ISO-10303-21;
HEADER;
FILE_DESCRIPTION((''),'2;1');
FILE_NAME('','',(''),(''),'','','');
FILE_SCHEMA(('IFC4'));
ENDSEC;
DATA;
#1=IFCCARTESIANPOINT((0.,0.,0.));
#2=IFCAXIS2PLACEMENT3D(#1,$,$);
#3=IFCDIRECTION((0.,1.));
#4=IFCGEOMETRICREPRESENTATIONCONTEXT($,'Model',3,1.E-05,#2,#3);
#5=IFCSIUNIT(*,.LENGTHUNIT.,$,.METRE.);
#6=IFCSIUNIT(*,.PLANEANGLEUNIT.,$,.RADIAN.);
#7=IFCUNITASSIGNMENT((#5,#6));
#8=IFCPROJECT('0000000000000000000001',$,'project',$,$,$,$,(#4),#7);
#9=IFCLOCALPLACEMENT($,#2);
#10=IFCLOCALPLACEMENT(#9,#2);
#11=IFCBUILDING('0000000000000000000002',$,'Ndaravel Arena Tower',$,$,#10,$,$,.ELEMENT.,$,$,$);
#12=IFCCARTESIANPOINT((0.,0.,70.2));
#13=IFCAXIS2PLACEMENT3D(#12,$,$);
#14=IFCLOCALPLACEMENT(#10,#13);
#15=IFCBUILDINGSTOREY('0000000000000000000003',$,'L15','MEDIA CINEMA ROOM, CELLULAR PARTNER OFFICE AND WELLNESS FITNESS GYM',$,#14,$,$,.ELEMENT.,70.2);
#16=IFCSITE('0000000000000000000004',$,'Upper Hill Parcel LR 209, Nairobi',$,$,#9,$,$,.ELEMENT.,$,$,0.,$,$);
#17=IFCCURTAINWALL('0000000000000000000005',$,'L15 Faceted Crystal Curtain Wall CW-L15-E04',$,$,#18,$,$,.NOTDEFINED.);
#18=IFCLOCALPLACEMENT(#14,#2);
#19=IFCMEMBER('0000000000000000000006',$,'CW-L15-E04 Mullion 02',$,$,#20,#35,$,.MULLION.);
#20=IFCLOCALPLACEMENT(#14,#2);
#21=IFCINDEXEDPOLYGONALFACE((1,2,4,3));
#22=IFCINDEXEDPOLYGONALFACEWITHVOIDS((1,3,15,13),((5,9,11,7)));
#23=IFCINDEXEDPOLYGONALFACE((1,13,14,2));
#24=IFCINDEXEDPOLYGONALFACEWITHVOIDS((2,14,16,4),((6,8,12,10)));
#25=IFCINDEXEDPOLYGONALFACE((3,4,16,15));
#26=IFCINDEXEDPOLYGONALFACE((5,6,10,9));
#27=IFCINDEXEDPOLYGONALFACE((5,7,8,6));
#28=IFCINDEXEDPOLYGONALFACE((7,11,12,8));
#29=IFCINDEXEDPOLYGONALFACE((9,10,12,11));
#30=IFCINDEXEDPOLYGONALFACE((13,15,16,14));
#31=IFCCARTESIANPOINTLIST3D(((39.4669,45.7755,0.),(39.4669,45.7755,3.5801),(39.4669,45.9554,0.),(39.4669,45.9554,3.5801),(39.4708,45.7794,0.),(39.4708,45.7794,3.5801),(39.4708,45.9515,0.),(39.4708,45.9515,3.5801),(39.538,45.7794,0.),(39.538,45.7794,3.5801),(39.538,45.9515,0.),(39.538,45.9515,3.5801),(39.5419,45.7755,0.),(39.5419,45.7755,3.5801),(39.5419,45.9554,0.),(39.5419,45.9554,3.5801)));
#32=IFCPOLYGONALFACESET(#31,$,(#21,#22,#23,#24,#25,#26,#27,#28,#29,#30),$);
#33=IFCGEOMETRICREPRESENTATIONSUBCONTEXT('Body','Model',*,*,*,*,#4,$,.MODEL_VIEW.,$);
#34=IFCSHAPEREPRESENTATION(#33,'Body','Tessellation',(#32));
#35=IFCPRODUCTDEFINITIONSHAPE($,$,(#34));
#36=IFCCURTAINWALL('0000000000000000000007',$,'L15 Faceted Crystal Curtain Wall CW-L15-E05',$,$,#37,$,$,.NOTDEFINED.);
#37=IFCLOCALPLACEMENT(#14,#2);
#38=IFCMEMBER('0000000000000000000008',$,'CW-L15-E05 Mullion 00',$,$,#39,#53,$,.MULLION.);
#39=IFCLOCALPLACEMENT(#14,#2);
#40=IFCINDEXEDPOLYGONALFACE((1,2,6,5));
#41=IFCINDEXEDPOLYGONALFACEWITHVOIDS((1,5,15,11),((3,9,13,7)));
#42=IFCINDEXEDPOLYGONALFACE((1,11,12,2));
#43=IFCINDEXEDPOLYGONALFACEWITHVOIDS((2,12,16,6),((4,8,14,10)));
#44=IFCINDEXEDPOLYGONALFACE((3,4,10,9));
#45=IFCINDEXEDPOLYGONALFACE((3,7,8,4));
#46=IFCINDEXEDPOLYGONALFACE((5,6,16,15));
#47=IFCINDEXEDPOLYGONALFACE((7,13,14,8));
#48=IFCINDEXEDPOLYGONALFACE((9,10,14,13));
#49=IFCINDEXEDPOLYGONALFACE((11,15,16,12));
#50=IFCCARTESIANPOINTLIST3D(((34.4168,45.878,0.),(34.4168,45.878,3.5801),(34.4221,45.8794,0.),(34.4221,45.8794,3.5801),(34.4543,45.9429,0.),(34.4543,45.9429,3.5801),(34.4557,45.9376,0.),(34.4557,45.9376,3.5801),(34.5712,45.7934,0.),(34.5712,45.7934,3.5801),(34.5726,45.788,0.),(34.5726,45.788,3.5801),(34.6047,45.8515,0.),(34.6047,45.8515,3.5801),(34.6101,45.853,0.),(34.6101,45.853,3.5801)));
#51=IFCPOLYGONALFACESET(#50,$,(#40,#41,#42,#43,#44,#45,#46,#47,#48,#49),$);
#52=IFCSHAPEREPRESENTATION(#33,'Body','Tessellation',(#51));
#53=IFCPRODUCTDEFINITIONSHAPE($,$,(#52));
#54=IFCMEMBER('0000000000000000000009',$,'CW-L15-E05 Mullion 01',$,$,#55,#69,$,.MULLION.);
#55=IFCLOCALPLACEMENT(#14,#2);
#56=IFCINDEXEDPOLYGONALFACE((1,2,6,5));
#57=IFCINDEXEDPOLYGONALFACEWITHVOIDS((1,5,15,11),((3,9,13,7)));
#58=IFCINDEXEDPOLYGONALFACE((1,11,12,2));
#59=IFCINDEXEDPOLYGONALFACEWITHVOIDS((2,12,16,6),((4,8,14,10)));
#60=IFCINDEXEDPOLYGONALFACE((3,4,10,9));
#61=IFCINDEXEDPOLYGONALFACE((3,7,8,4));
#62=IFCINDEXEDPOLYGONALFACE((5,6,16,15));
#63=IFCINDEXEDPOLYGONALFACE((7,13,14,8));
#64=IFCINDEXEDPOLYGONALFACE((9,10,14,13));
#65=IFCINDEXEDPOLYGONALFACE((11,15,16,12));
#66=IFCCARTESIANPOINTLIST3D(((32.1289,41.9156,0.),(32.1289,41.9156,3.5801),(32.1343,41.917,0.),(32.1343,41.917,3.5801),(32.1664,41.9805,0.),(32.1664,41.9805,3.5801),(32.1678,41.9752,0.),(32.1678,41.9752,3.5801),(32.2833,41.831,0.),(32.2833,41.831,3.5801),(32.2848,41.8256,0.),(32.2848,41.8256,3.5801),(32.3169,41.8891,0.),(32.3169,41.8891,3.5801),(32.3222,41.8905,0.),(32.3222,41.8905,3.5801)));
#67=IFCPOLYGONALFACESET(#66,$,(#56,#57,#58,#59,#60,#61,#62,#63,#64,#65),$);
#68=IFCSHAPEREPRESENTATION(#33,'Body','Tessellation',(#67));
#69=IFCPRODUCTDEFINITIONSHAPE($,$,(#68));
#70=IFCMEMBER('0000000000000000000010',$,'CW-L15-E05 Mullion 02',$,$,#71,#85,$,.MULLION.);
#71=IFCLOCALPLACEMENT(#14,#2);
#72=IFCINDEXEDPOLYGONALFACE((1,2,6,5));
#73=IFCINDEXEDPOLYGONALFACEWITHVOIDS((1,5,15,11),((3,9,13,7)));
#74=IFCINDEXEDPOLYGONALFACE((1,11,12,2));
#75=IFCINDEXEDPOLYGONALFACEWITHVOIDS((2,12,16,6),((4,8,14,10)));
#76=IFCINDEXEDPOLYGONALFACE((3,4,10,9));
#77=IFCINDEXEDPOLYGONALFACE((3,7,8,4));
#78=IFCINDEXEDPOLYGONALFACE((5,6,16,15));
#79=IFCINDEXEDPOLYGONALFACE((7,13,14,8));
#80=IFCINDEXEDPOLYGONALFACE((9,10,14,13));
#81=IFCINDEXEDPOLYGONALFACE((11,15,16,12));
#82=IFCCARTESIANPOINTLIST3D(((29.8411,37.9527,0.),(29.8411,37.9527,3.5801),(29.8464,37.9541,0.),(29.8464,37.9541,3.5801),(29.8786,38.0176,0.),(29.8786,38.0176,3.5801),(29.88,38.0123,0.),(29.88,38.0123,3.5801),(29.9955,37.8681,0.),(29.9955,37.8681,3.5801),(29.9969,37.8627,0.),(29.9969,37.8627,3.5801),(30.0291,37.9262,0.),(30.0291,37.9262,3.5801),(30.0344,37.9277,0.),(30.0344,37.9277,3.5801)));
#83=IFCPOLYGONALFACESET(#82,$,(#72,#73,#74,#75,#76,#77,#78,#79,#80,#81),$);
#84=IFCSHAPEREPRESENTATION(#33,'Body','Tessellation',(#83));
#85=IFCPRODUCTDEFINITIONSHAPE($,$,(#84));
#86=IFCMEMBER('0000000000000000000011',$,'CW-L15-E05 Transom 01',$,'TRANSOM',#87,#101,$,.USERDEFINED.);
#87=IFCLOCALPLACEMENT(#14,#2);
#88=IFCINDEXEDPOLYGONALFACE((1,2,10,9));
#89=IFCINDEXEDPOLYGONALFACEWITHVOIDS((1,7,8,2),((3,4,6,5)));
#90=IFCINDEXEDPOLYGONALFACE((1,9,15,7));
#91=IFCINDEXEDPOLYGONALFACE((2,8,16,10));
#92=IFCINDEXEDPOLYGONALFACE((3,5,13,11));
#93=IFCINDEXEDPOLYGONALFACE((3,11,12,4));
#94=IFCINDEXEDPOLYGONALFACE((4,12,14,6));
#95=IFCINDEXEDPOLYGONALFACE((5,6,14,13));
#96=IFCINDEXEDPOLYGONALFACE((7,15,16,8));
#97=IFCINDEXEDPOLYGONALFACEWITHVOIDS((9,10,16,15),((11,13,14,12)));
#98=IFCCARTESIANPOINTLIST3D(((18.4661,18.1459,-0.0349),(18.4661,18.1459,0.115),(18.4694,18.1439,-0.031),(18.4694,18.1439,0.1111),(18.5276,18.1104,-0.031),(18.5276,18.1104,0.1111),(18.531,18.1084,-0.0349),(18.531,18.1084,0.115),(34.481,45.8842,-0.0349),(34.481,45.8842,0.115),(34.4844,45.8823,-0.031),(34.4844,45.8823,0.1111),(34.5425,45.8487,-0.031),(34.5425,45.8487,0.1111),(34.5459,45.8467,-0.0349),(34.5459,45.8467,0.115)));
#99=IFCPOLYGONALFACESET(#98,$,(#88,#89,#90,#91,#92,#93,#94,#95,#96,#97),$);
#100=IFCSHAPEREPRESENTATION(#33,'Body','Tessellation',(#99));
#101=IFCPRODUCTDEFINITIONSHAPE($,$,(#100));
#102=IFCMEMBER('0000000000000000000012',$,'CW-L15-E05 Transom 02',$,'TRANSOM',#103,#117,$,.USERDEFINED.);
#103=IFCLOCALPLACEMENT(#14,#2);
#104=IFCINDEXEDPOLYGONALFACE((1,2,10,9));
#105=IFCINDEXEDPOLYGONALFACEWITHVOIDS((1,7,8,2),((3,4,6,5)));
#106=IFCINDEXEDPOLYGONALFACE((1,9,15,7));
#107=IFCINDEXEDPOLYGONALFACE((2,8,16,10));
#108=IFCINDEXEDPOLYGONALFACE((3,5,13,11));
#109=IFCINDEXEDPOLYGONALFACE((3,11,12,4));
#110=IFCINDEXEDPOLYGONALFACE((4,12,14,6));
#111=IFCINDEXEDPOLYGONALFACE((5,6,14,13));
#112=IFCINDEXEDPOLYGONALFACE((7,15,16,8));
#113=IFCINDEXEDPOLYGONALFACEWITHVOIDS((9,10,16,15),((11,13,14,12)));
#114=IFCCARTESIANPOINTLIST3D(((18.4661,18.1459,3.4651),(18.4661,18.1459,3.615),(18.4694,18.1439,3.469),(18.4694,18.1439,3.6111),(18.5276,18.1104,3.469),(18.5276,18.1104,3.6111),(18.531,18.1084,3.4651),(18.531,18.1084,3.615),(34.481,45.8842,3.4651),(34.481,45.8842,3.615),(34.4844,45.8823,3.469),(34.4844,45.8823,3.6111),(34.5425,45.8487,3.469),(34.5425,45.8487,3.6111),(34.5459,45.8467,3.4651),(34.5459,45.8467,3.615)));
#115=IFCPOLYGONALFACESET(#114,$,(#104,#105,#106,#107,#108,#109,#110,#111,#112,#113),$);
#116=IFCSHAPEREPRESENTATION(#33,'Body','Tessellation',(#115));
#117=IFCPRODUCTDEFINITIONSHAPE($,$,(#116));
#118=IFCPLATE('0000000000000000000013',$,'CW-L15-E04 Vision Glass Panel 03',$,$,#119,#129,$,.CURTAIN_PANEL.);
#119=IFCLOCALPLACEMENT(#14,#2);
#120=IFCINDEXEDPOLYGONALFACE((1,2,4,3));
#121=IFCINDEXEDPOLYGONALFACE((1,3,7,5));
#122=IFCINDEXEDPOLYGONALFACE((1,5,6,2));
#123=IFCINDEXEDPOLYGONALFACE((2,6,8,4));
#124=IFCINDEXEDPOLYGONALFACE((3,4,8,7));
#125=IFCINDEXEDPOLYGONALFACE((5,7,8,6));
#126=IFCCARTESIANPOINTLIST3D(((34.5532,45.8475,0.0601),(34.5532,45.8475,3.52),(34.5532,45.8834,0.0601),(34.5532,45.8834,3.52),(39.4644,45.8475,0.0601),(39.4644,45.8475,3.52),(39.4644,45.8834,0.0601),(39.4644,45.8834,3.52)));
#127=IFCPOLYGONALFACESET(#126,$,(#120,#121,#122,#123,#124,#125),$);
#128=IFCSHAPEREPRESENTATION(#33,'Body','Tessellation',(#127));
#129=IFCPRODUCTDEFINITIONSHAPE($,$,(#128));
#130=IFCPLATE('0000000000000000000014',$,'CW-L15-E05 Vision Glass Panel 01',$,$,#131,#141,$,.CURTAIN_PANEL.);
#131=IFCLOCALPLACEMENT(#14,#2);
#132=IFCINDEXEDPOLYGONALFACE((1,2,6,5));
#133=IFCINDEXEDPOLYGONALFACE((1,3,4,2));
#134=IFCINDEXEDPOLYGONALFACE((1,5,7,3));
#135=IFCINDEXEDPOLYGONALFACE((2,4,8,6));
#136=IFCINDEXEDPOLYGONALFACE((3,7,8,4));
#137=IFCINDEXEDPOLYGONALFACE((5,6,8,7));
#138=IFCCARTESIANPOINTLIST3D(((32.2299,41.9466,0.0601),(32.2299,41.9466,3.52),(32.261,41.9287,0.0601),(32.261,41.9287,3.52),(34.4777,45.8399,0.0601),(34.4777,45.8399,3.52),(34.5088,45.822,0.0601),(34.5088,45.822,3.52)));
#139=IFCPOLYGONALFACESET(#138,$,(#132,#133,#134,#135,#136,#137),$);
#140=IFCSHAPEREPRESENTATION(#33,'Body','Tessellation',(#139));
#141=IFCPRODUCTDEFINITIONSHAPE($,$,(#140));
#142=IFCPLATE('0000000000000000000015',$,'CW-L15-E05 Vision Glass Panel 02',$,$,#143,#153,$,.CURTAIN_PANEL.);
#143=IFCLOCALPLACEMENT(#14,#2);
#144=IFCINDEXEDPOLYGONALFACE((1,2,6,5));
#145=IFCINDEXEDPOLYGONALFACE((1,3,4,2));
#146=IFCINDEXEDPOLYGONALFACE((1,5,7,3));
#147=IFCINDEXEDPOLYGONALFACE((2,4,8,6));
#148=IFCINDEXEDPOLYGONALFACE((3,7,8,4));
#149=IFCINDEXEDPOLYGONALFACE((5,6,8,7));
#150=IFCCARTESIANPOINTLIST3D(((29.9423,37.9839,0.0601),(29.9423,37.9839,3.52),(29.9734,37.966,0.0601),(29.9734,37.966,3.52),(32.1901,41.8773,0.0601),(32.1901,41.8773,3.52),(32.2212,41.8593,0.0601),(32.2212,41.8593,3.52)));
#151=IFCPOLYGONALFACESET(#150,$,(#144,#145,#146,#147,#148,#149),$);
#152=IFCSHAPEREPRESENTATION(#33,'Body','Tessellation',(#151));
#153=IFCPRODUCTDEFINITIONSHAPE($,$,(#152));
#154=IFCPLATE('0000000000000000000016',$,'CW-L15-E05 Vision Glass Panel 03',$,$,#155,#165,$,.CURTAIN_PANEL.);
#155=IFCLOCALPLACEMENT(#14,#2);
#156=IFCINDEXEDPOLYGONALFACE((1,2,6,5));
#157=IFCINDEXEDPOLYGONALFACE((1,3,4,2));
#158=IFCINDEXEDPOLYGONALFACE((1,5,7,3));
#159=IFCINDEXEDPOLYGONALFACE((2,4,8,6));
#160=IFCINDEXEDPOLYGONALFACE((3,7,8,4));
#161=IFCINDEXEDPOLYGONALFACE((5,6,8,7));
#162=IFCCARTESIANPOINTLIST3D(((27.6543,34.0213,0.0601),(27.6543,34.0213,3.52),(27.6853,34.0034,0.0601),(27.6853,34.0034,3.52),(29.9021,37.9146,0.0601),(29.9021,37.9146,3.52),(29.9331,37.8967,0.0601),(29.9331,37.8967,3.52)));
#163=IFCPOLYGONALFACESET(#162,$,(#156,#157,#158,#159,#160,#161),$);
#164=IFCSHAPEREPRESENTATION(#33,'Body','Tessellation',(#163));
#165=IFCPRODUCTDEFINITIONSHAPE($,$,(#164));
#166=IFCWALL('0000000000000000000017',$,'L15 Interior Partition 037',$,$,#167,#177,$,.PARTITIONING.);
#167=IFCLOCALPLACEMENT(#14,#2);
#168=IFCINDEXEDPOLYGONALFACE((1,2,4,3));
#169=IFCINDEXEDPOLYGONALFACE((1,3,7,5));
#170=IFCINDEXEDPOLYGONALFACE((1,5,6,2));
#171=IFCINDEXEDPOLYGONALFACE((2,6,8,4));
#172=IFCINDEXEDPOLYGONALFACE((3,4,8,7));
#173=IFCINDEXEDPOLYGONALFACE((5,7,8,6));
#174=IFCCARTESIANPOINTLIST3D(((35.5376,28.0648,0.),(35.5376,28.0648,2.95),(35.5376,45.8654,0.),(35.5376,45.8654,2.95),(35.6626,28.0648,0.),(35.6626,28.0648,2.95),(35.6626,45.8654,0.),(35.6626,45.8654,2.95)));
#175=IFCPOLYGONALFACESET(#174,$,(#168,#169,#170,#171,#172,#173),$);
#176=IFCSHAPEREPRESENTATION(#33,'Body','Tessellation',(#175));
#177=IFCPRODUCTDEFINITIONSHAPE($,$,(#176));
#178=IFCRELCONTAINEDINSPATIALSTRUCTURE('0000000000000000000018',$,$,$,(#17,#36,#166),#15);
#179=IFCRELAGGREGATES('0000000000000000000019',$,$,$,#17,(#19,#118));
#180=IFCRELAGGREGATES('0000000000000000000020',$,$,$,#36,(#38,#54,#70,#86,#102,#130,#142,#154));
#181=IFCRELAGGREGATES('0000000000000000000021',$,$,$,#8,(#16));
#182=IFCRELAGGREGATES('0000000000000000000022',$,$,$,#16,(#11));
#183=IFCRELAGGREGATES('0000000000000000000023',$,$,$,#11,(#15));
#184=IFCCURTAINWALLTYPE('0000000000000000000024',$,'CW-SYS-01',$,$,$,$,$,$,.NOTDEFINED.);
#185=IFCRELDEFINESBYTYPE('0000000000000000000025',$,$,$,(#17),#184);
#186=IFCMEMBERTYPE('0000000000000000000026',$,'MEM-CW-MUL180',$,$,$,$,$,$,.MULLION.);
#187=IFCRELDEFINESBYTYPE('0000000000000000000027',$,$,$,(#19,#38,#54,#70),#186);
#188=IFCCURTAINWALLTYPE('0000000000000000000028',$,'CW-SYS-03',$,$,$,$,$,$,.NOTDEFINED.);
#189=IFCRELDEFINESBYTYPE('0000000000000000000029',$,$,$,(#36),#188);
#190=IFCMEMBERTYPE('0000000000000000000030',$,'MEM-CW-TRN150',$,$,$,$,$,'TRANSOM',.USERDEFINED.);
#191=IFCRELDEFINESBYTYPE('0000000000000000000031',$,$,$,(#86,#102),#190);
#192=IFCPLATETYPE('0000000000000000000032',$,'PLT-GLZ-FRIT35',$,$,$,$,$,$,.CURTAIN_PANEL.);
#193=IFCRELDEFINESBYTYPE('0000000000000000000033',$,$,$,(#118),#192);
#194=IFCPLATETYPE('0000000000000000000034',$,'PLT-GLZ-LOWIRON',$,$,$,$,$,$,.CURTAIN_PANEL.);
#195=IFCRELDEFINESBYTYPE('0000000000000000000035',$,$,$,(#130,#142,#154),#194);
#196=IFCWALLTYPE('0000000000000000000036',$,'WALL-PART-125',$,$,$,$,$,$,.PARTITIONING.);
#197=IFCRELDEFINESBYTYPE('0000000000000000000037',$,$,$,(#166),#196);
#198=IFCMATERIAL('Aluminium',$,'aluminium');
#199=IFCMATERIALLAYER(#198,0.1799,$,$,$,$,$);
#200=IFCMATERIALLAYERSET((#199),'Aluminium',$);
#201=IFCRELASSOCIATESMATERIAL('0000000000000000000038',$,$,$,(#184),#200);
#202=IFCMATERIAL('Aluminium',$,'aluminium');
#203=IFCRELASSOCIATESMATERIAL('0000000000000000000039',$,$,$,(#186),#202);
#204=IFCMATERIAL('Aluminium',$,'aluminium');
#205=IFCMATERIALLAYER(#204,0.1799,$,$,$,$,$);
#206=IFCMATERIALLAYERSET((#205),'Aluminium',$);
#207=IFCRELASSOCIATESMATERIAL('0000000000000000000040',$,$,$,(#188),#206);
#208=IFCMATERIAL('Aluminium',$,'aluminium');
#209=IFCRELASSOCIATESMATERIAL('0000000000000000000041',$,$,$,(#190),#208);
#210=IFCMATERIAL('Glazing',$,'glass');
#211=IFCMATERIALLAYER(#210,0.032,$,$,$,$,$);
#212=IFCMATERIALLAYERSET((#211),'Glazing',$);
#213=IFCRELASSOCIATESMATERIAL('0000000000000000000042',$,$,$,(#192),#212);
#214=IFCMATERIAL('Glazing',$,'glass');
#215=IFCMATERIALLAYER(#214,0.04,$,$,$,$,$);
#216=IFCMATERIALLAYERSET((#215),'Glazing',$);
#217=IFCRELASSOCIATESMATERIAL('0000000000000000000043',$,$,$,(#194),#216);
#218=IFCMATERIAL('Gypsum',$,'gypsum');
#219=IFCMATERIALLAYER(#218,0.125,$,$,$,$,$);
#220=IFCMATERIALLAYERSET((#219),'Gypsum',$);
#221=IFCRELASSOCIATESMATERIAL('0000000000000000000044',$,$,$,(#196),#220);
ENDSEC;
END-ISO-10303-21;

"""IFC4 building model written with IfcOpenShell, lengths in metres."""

from ifc_helpers import new_model, si_unit, direction, frame, frame_2d, origin, origin_2d, place, context, subcontext, project, spatial, rectangle, hollow_rectangle, extrude, material, layer, layer_set, material_profile, profile_set, type_object, element, aggregate, save


model = new_model("IFC4")

# Units and contexts
model_context = context("Model", 3, precision=1e-05, world=origin(), true_north=direction((0.0, 1.0)))
body_context = subcontext(model_context, "Body", "Model", "MODEL_VIEW")
ifc_project = project(units=[si_unit("LENGTHUNIT", "METRE"), si_unit("PLANEANGLEUNIT", "RADIAN")], contexts=[model_context])

# Site, building, storey
site_placement = place(None, origin())
site = spatial("IfcSite", under=ifc_project, at=site_placement, Name="Upper Hill Parcel LR 209, Nairobi", CompositionType="ELEMENT", RefElevation=0.0)
building_placement = place(site_placement, origin())
building = spatial("IfcBuilding", under=site, at=building_placement, Name="Ndaravel Arena Tower", CompositionType="ELEMENT")
storey_placement = place(building_placement, frame((0.0, 0.0, 70.2)))
storey = spatial("IfcBuildingStorey", under=building, at=storey_placement, Name="L15", Description="MEDIA CINEMA ROOM, CELLULAR PARTNER OFFICE AND WELLNESS FITNESS GYM", CompositionType="ELEMENT", Elevation=70.2)

# Curtain wall, member
ifc_material_1 = material(Name="Aluminium", Category="aluminium")
ifc_layer_1 = layer(ifc_material_1, 0.1799)
ifc_layer_set_1 = layer_set([ifc_layer_1], Name="Aluminium")
curtain_wall_type_1 = type_object("IfcCurtainWallType", Name="CW-SYS-01", PredefinedType="NOTDEFINED", material=ifc_layer_set_1)
curtain_wall_1_placement = place(storey_placement, origin())
curtain_wall_1 = element("IfcCurtainWall", 1, at=curtain_wall_1_placement, inside=storey, type_object=curtain_wall_type_1, Name="L15 Faceted Crystal Curtain Wall CW-L15-E04", PredefinedType="NOTDEFINED")
ifc_material_2 = material(Name="Aluminium", Category="aluminium")
ifc_material_profile_1 = material_profile(ifc_material_2, hollow_rectangle(XDim=0.075, YDim=0.1799, WallThickness=0.0039, at=origin_2d()), Name="CW MULLION 75x180x4")
ifc_profile_set_1 = profile_set([ifc_material_profile_1], Name="Aluminium")
member_type_1 = type_object("IfcMemberType", Name="MEM-CW-MUL180", PredefinedType="MULLION", material=ifc_profile_set_1)
member_1_placement = place(storey_placement, frame((39.5044, 45.8655, 0.0), z_axis=(0.0, 0.0, 1.0), x_axis=(-1.0, 0.0, 0.0)))
member_1 = element("IfcMember", 2, at=member_1_placement, type_object=member_type_1, Name="CW-L15-E04 Mullion 02", PredefinedType="MULLION", context=body_context, shape_type="SweptSolid", body=[
    extrude(hollow_rectangle(XDim=0.075, YDim=0.1799, WallThickness=0.0039, at=origin_2d()), origin(), (0.0, 0.0, 1.0), 3.5801),
])

# Curtain wall, members
ifc_material_3 = material(Name="Aluminium", Category="aluminium")
ifc_layer_2 = layer(ifc_material_3, 0.1799)
ifc_layer_set_2 = layer_set([ifc_layer_2], Name="Aluminium")
curtain_wall_type_2 = type_object("IfcCurtainWallType", Name="CW-SYS-03", PredefinedType="NOTDEFINED", material=ifc_layer_set_2)
curtain_wall_2_placement = place(storey_placement, origin())
curtain_wall_2 = element("IfcCurtainWall", 3, at=curtain_wall_2_placement, inside=storey, type_object=curtain_wall_type_2, Name="L15 Faceted Crystal Curtain Wall CW-L15-E05", PredefinedType="NOTDEFINED")
member_2_placement = place(storey_placement, frame((34.5134, 45.8655, 0.0), z_axis=(0.0, 0.0, 1.0), x_axis=(-0.5, -0.866025, 0.0)))
member_2 = element("IfcMember", 4, at=member_2_placement, type_object=member_type_1, Name="CW-L15-E05 Mullion 00", PredefinedType="MULLION", context=body_context, shape_type="SweptSolid", body=[
    extrude(hollow_rectangle(XDim=0.075, YDim=0.1799, WallThickness=0.0039, at=origin_2d()), origin(), (0.0, 0.0, 1.0), 3.5801),
])
member_3_placement = place(storey_placement, frame((32.2256, 41.9031, 0.0), z_axis=(0.0, 0.0, 1.0), x_axis=(-0.5, -0.866025, 0.0)))
member_3 = element("IfcMember", 5, at=member_3_placement, type_object=member_type_1, Name="CW-L15-E05 Mullion 01", PredefinedType="MULLION", context=body_context, shape_type="SweptSolid", body=[
    extrude(hollow_rectangle(XDim=0.075, YDim=0.1799, WallThickness=0.0039, at=origin_2d()), origin(), (0.0, 0.0, 1.0), 3.5801),
])
member_4_placement = place(storey_placement, frame((29.9377, 37.9402, 0.0), z_axis=(0.0, 0.0, 1.0), x_axis=(-0.5, -0.866025, 0.0)))
member_4 = element("IfcMember", 6, at=member_4_placement, type_object=member_type_1, Name="CW-L15-E05 Mullion 02", PredefinedType="MULLION", context=body_context, shape_type="SweptSolid", body=[
    extrude(hollow_rectangle(XDim=0.075, YDim=0.1799, WallThickness=0.0039, at=origin_2d()), origin(), (0.0, 0.0, 1.0), 3.5801),
])
ifc_material_4 = material(Name="Aluminium", Category="aluminium")
ifc_material_profile_2 = material_profile(ifc_material_4, hollow_rectangle(XDim=0.075, YDim=0.1499, WallThickness=0.0039, at=origin_2d()), Name="CW TRANSOM 75x150x4")
ifc_profile_set_2 = profile_set([ifc_material_profile_2], Name="Aluminium")
member_type_2 = type_object("IfcMemberType", Name="MEM-CW-TRN150", ElementType="TRANSOM", PredefinedType="USERDEFINED", material=ifc_profile_set_2)
member_5_placement = place(storey_placement, frame((34.5134, 45.8655, 0.04), z_axis=(-0.500004, -0.866023, 0.0), x_axis=(0.866023, -0.500004, 0.0)))
member_5 = element("IfcMember", 7, at=member_5_placement, type_object=member_type_2, Name="CW-L15-E05 Transom 01", ObjectType="TRANSOM", PredefinedType="USERDEFINED", context=body_context, shape_type="SweptSolid", body=[
    extrude(hollow_rectangle(XDim=0.075, YDim=0.1499, WallThickness=0.0039, at=origin_2d()), origin(), (0.0, 0.0, 1.0), 32.0295),
])
member_6_placement = place(storey_placement, frame((34.5134, 45.8655, 3.54), z_axis=(-0.500004, -0.866023, 0.0), x_axis=(0.866023, -0.500004, 0.0)))
member_6 = element("IfcMember", 8, at=member_6_placement, type_object=member_type_2, Name="CW-L15-E05 Transom 02", ObjectType="TRANSOM", PredefinedType="USERDEFINED", context=body_context, shape_type="SweptSolid", body=[
    extrude(hollow_rectangle(XDim=0.075, YDim=0.1499, WallThickness=0.0039, at=origin_2d()), origin(), (0.0, 0.0, 1.0), 32.0295),
])

# Plates
ifc_material_5 = material(Name="Glazing", Category="glass")
ifc_layer_3 = layer(ifc_material_5, 0.032)
ifc_layer_set_3 = layer_set([ifc_layer_3], Name="Glazing")
plate_type_1 = type_object("IfcPlateType", Name="PLT-GLZ-FRIT35", PredefinedType="CURTAIN_PANEL", material=ifc_layer_set_3)
plate_1_placement = place(storey_placement, frame((37.0088, 45.8655, 0.0601), z_axis=(0.0, 0.0, 1.0), x_axis=(-1.0, 0.0, 0.0)))
plate_1 = element("IfcPlate", 9, at=plate_1_placement, type_object=plate_type_1, Name="CW-L15-E04 Vision Glass Panel 03", PredefinedType="CURTAIN_PANEL", context=body_context, shape_type="SweptSolid", body=[
    extrude(rectangle(XDim=4.9111, YDim=0.0359, at=origin_2d()), origin(), (0.0, 0.0, 1.0), 3.46),
])
aggregate(curtain_wall_1, [member_1, plate_1])
ifc_material_6 = material(Name="Glazing", Category="glass")
ifc_layer_4 = layer(ifc_material_6, 0.04)
ifc_layer_set_4 = layer_set([ifc_layer_4], Name="Glazing")
plate_type_2 = type_object("IfcPlateType", Name="PLT-GLZ-LOWIRON", PredefinedType="CURTAIN_PANEL", material=ifc_layer_set_4)
plate_2_placement = place(storey_placement, frame((33.3694, 43.8843, 0.0601), z_axis=(0.0, 0.0, 1.0), x_axis=(-0.5, -0.866025, 0.0)))
plate_2 = element("IfcPlate", 10, at=plate_2_placement, type_object=plate_type_2, Name="CW-L15-E05 Vision Glass Panel 01", PredefinedType="CURTAIN_PANEL", context=body_context, shape_type="SweptSolid", body=[
    extrude(rectangle(XDim=4.4956, YDim=0.0359, at=origin_2d()), origin(), (0.0, 0.0, 1.0), 3.46),
])
plate_3_placement = place(storey_placement, frame((31.0818, 39.9216, 0.0601), z_axis=(0.0, 0.0, 1.0), x_axis=(-0.5, -0.866025, 0.0)))
plate_3 = element("IfcPlate", 11, at=plate_3_placement, type_object=plate_type_2, Name="CW-L15-E05 Vision Glass Panel 02", PredefinedType="CURTAIN_PANEL", context=body_context, shape_type="SweptSolid", body=[
    extrude(rectangle(XDim=4.4956, YDim=0.0359, at=origin_2d()), origin(), (0.0, 0.0, 1.0), 3.46),
])
plate_4_placement = place(storey_placement, frame((28.7937, 35.959, 0.0601), z_axis=(0.0, 0.0, 1.0), x_axis=(-0.5, -0.866025, 0.0)))
plate_4 = element("IfcPlate", 12, at=plate_4_placement, type_object=plate_type_2, Name="CW-L15-E05 Vision Glass Panel 03", PredefinedType="CURTAIN_PANEL", context=body_context, shape_type="SweptSolid", body=[
    extrude(rectangle(XDim=4.4956, YDim=0.0359, at=origin_2d()), origin(), (0.0, 0.0, 1.0), 3.46),
])
aggregate(curtain_wall_2, [member_2, member_3, member_4, member_5, member_6, plate_2, plate_3, plate_4])

# Wall
ifc_material_7 = material(Name="Gypsum", Category="gypsum")
ifc_layer_5 = layer(ifc_material_7, 0.125)
ifc_layer_set_5 = layer_set([ifc_layer_5], Name="Gypsum")
wall_type = type_object("IfcWallType", Name="WALL-PART-125", PredefinedType="PARTITIONING", material=ifc_layer_set_5)
wall_placement = place(storey_placement, frame((35.6001, 45.8655, 0.0), z_axis=(0.0, 0.0, 1.0), x_axis=(0.0, -1.0, 0.0)))
element("IfcWall", 13, at=wall_placement, inside=storey, type_object=wall_type, Name="L15 Interior Partition 037", PredefinedType="PARTITIONING", context=body_context, shape_type="SweptSolid", body=[
    extrude(rectangle(XDim=17.8005, YDim=0.125, at=frame_2d((8.9004, 0.0))), origin(), (0.0, 0.0, 1.0), 2.95),
])

save(model, "model.ifc")
